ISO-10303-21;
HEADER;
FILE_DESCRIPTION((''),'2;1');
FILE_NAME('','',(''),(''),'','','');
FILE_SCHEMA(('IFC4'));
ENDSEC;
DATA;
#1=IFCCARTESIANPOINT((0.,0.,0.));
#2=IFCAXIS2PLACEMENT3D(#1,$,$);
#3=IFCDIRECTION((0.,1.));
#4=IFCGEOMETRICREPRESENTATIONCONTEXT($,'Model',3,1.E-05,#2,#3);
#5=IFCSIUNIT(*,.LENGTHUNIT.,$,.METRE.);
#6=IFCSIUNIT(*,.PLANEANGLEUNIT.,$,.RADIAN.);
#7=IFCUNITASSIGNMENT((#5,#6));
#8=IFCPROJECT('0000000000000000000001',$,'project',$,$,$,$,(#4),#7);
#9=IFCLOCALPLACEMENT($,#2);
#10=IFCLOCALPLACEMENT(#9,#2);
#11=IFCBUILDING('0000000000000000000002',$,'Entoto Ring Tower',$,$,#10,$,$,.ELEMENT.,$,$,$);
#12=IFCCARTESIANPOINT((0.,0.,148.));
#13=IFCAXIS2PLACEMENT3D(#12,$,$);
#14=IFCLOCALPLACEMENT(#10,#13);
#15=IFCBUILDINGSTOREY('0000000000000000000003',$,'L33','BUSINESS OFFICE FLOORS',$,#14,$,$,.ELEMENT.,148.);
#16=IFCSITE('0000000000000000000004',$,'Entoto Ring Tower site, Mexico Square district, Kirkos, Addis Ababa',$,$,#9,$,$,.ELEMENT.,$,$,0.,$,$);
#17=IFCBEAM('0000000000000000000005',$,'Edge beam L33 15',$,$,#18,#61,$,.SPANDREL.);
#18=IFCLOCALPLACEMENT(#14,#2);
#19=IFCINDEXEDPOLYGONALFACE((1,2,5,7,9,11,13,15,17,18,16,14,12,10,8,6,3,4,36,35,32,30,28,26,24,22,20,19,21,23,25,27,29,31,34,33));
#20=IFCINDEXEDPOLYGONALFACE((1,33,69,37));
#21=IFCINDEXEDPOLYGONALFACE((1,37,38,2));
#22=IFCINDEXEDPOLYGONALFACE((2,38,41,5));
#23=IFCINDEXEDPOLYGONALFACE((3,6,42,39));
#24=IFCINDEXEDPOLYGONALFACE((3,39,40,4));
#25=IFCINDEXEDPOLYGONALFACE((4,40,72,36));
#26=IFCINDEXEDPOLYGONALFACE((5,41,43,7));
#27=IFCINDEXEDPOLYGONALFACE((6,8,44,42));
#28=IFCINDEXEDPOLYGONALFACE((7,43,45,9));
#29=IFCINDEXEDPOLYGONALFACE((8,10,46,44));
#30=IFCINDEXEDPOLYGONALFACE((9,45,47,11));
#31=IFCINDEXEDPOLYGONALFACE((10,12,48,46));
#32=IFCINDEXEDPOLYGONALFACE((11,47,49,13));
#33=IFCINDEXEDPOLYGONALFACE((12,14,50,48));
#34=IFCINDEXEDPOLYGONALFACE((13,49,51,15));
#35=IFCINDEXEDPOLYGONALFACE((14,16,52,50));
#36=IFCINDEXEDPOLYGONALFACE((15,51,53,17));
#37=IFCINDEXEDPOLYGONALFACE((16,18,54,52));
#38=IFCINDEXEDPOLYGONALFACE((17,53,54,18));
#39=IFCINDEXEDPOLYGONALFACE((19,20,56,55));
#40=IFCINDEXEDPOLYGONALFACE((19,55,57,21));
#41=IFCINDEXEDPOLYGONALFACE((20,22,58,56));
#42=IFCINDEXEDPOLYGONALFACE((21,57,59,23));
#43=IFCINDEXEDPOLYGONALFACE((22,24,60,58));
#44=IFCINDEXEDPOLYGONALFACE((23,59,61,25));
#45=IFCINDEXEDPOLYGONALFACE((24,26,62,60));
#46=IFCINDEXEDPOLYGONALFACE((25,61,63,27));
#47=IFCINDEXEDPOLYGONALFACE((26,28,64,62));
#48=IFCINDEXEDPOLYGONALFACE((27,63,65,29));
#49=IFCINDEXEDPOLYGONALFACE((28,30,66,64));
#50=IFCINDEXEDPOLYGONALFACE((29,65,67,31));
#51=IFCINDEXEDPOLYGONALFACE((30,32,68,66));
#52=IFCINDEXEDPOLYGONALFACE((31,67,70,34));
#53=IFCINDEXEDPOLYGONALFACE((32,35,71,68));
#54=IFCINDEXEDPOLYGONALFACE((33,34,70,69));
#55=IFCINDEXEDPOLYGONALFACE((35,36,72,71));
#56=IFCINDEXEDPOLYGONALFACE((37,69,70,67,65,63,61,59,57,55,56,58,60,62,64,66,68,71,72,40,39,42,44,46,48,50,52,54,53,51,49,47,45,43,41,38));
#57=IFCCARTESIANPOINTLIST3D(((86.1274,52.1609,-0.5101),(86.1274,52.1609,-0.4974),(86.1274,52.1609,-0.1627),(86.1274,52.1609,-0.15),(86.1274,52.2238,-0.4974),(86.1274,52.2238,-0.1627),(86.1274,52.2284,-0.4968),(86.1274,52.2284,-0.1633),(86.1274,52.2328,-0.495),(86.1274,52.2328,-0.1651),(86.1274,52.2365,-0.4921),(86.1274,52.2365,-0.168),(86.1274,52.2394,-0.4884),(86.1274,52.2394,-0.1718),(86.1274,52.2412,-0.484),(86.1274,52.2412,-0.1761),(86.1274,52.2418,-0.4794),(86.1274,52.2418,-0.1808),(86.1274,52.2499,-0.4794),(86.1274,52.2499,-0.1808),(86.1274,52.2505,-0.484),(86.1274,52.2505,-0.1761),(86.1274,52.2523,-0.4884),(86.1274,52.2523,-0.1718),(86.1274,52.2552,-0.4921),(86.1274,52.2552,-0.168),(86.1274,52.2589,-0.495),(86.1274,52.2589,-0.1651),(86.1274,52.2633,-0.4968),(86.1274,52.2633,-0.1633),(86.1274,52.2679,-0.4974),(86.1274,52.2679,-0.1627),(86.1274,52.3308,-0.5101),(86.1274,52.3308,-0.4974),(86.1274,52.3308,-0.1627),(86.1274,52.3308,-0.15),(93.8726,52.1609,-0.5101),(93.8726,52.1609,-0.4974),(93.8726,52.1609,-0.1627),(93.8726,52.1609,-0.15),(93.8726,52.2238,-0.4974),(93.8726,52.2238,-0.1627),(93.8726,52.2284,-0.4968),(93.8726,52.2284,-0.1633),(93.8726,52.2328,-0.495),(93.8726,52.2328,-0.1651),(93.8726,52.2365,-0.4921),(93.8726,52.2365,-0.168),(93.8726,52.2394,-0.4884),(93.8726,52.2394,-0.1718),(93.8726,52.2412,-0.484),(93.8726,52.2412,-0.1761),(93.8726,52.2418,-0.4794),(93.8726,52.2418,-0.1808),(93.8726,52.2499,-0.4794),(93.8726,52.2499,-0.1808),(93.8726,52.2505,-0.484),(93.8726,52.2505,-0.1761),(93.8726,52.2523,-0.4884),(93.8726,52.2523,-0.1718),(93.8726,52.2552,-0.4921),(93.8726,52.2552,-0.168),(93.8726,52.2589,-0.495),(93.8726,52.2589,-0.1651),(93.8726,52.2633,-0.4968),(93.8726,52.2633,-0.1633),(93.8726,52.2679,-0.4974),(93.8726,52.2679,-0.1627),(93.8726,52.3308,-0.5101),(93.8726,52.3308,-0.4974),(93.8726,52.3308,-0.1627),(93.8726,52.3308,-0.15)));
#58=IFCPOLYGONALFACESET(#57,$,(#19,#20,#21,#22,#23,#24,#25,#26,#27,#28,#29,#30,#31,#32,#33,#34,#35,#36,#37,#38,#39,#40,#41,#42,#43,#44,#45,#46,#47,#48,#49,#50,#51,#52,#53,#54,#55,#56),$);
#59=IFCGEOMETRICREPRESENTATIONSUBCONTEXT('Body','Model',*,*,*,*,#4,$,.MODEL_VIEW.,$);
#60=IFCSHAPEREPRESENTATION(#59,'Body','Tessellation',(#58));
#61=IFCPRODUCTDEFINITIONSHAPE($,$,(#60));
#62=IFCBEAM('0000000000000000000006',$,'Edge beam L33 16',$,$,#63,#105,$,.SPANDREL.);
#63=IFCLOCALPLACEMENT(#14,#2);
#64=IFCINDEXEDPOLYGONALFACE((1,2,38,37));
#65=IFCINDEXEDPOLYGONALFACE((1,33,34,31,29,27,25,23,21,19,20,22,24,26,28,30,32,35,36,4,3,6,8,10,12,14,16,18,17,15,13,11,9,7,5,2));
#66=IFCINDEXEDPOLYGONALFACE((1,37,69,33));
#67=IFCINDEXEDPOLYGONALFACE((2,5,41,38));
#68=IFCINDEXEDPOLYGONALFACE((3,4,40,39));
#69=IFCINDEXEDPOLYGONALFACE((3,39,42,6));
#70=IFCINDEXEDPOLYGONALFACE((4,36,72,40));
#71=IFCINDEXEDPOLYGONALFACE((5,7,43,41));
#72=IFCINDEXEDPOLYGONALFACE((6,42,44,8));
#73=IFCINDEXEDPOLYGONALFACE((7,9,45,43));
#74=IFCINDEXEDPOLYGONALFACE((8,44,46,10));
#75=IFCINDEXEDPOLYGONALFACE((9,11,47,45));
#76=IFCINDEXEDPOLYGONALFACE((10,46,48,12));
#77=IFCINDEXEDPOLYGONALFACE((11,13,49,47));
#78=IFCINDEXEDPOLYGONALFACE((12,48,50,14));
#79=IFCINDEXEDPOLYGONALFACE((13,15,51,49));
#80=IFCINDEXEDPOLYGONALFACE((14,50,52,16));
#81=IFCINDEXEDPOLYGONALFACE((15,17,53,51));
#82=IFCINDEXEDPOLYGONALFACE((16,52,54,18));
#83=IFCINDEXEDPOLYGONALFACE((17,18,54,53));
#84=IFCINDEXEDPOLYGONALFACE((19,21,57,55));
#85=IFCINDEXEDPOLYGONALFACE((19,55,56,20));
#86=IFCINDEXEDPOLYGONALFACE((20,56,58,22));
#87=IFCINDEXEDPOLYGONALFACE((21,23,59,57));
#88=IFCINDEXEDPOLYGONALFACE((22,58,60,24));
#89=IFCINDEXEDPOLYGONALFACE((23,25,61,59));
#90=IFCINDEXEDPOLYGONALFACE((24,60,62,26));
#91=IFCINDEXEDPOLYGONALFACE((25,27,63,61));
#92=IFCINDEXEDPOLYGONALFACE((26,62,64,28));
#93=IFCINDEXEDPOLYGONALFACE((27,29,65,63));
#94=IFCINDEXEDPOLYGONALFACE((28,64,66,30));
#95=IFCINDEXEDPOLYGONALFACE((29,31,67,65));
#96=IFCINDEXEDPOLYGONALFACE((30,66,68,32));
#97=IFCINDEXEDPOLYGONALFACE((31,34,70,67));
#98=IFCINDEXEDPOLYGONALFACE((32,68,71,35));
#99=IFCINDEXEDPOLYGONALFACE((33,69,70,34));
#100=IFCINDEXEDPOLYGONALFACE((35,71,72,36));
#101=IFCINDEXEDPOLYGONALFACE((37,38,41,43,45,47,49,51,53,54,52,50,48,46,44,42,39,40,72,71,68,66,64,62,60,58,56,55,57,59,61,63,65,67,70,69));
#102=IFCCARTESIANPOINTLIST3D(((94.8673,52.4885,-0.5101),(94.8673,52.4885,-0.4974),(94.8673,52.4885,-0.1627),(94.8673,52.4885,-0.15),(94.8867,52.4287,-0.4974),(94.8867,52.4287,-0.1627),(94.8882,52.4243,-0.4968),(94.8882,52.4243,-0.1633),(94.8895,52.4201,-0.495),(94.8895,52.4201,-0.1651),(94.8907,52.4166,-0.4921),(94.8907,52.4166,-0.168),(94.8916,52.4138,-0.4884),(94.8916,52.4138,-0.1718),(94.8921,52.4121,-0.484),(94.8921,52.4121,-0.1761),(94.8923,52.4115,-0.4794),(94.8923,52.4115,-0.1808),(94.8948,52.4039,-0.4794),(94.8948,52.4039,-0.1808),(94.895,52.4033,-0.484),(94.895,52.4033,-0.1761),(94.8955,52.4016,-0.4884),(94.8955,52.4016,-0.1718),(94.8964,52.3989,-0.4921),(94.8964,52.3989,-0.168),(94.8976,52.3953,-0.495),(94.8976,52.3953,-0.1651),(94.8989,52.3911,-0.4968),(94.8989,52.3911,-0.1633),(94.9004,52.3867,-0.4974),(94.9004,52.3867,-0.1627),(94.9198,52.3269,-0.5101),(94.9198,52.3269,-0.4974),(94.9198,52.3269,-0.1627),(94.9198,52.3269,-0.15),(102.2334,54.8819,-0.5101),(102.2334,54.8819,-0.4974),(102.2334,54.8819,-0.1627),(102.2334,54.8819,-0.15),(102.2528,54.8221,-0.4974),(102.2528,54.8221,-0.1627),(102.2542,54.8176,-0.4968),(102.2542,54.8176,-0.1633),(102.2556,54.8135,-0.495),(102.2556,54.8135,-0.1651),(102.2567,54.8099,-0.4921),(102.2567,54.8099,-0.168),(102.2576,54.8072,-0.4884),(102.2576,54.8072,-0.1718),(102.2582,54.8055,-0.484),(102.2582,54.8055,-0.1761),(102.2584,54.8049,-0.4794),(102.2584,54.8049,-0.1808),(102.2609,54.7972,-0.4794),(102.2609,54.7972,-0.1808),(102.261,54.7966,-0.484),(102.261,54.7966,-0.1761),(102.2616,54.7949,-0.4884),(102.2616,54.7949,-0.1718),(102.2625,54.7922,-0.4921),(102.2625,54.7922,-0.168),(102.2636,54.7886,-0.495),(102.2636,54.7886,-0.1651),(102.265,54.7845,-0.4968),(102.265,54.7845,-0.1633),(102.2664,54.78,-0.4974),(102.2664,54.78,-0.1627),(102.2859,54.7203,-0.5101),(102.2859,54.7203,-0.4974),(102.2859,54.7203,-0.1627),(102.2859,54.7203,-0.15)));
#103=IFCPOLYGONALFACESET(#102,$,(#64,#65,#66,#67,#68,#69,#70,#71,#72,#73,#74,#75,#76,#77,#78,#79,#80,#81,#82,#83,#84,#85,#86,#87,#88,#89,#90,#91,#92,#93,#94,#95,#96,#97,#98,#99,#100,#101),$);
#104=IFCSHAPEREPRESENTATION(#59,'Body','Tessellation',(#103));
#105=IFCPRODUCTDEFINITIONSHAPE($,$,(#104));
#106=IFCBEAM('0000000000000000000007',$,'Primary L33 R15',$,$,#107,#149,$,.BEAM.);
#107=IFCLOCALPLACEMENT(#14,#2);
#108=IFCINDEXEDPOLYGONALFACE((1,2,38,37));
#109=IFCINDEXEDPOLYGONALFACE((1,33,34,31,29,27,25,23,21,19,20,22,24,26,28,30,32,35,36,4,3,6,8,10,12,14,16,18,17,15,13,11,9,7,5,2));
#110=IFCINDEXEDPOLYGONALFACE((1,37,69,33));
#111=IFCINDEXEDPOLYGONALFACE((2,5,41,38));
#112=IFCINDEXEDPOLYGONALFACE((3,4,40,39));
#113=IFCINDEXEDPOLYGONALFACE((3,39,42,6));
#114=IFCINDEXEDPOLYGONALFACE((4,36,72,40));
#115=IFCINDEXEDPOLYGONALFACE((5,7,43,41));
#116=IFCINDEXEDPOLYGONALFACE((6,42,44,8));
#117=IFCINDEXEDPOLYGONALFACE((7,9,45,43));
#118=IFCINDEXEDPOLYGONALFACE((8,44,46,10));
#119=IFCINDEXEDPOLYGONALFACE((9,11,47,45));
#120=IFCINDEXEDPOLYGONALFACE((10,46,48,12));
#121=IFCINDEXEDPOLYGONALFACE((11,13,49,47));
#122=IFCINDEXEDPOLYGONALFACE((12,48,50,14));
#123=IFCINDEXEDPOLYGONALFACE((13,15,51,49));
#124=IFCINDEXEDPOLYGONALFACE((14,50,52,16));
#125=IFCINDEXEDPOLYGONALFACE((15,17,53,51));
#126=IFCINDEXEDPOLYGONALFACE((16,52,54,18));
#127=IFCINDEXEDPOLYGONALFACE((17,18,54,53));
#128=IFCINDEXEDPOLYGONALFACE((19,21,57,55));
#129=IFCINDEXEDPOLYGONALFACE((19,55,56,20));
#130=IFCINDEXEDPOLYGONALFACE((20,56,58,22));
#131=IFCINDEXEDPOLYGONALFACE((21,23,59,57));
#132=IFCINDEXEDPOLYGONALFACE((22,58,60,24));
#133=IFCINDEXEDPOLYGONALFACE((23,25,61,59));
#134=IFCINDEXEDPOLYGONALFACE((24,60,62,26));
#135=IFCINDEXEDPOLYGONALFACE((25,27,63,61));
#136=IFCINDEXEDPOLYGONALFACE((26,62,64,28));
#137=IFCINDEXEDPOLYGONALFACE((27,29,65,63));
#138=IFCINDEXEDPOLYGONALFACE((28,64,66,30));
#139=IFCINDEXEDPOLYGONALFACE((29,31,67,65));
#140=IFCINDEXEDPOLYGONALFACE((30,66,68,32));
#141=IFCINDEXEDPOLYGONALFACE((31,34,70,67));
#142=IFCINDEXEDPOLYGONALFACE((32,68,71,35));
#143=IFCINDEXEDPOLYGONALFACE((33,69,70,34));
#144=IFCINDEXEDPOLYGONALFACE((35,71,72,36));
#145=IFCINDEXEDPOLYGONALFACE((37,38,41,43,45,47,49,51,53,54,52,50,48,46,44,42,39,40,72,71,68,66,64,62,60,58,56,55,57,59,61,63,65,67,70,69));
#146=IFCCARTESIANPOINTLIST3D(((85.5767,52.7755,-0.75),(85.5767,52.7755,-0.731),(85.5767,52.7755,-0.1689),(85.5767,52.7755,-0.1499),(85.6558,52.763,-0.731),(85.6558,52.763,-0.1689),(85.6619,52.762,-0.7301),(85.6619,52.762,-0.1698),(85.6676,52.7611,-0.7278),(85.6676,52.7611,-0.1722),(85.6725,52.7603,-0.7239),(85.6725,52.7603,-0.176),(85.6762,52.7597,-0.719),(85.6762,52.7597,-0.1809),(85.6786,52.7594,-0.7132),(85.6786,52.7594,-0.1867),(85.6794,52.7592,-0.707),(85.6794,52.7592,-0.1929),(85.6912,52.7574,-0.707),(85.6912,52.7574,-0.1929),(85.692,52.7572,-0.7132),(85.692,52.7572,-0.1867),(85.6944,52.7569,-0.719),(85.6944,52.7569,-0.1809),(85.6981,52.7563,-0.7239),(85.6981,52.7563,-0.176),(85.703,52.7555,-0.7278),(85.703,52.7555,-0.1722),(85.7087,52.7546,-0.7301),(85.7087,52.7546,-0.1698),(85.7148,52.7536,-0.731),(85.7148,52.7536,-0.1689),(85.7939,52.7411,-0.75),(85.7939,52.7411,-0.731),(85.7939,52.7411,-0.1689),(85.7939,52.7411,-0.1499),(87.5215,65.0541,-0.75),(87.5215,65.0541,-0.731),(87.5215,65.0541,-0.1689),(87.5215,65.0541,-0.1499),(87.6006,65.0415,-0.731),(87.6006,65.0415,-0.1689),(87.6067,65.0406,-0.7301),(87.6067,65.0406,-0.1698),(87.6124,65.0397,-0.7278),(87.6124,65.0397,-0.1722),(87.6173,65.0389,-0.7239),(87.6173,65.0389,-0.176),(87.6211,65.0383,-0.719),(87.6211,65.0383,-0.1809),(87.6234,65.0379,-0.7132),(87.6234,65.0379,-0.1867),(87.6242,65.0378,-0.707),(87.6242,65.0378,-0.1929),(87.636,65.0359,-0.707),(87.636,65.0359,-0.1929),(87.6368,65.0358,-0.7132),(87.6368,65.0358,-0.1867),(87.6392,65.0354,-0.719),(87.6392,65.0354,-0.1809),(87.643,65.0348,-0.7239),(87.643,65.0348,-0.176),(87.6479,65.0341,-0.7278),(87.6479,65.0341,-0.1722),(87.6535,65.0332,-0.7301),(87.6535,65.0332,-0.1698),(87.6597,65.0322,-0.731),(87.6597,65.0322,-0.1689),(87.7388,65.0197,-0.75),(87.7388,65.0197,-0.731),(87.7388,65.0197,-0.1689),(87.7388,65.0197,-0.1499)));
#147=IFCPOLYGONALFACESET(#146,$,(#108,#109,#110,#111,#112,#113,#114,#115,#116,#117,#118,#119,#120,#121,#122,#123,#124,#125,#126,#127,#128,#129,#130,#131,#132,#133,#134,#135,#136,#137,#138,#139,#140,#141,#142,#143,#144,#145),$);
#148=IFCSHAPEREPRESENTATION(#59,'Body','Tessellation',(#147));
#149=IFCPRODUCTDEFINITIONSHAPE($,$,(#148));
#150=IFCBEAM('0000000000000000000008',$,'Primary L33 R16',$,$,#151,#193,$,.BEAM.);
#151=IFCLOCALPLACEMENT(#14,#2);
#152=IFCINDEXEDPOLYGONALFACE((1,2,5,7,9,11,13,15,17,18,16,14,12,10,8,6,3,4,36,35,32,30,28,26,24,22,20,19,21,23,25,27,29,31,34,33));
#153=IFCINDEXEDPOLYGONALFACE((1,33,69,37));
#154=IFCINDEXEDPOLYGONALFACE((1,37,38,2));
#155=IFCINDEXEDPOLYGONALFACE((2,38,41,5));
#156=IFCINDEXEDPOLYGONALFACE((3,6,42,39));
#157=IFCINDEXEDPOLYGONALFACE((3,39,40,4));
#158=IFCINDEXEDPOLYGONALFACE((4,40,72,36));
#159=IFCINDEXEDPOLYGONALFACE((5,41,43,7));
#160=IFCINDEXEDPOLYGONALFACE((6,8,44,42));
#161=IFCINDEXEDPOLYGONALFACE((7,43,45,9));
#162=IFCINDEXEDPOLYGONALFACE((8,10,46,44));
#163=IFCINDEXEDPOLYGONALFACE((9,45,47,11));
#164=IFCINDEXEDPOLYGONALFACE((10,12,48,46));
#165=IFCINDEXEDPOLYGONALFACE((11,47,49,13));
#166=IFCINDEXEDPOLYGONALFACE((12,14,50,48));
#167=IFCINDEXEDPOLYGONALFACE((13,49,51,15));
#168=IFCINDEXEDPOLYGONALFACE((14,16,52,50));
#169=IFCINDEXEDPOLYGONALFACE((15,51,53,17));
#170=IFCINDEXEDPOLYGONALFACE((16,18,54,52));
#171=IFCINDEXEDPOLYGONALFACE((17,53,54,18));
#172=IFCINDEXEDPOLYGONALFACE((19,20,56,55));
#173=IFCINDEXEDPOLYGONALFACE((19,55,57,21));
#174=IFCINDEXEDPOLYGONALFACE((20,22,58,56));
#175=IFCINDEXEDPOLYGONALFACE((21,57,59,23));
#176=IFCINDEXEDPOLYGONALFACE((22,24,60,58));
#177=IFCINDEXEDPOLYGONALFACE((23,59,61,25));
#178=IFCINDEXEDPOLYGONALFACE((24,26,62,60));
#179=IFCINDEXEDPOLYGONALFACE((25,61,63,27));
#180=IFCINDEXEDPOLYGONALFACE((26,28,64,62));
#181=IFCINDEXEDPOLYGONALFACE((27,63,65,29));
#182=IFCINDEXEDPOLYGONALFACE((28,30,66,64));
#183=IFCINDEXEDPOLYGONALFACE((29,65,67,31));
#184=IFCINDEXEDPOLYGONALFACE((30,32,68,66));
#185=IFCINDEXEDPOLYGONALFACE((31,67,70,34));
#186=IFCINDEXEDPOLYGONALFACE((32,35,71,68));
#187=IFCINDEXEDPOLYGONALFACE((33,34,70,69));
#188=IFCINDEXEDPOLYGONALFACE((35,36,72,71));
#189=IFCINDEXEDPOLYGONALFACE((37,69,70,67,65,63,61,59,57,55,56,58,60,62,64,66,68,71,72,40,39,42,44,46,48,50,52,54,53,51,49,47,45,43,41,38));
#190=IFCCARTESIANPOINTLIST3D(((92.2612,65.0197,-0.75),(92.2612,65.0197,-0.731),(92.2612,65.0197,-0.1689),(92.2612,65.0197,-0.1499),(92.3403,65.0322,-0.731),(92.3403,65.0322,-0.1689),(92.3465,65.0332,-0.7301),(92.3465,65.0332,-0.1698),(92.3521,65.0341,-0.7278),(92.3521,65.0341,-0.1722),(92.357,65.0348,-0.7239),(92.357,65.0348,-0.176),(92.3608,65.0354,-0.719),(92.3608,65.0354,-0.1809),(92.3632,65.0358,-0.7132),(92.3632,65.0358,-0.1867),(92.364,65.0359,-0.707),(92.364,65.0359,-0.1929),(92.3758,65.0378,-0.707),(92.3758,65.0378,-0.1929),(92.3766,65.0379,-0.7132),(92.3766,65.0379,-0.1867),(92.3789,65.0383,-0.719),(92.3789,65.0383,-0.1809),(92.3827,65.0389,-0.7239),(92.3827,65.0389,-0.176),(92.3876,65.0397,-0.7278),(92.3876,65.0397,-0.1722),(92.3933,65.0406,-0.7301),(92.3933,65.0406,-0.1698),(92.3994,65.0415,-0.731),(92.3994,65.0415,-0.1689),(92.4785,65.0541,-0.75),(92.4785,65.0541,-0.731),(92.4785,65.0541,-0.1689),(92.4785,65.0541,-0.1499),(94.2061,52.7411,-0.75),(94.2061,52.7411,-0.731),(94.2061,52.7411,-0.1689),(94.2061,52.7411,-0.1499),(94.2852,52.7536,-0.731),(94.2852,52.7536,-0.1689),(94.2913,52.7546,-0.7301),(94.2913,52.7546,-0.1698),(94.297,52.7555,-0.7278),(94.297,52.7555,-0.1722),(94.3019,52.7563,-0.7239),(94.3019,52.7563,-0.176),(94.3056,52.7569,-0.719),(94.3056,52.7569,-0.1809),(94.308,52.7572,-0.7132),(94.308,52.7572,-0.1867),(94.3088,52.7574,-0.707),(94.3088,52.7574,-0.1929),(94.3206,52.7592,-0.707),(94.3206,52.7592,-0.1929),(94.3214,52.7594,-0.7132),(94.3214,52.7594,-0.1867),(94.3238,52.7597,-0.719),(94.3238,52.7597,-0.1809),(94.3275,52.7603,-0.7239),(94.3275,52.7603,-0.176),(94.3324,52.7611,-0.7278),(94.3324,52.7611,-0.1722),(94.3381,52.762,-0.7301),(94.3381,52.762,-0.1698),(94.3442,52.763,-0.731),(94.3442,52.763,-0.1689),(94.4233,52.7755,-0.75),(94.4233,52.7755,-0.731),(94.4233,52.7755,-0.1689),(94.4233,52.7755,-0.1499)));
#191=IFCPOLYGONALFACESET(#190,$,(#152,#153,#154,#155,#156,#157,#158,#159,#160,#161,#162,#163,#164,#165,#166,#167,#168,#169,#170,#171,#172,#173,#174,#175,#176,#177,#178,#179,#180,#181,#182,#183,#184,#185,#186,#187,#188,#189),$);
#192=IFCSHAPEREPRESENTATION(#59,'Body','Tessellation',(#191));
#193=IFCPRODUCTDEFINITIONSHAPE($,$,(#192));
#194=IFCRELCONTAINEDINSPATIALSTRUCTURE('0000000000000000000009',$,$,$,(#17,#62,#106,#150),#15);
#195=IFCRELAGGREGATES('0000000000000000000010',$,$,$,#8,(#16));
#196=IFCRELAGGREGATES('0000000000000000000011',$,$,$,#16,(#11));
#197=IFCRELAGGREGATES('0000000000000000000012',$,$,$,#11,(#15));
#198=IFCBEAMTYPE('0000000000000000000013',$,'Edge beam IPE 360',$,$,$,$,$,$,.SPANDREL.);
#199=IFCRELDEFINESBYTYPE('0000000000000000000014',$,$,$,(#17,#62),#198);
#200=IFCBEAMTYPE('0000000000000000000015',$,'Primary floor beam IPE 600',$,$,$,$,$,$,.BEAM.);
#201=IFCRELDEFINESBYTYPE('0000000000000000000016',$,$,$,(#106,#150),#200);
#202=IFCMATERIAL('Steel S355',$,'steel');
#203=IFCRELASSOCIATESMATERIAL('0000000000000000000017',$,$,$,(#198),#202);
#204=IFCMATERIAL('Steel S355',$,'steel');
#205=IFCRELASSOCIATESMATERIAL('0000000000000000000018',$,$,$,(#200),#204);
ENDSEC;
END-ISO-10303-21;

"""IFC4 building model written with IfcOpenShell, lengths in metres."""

from ifc_helpers import new_model, si_unit, direction, frame, origin, origin_2d, place, context, subcontext, project, spatial, i_section, extrude, material, material_profile, profile_set, type_object, element, save


model = new_model("IFC4")

# Units and contexts
model_context = context("Model", 3, precision=1e-05, world=origin(), true_north=direction((0.0, 1.0)))
body_context = subcontext(model_context, "Body", "Model", "MODEL_VIEW")
ifc_project = project(units=[si_unit("LENGTHUNIT", "METRE"), si_unit("PLANEANGLEUNIT", "RADIAN")], contexts=[model_context])

# Site, building, storey
site_placement = place(None, origin())
site = spatial("IfcSite", under=ifc_project, at=site_placement, Name="Entoto Ring Tower site, Mexico Square district, Kirkos, Addis Ababa", CompositionType="ELEMENT", RefElevation=0.0)
building_placement = place(site_placement, origin())
building = spatial("IfcBuilding", under=site, at=building_placement, Name="Entoto Ring Tower", CompositionType="ELEMENT")
storey_placement = place(building_placement, frame((0.0, 0.0, 148.0)))
storey = spatial("IfcBuildingStorey", under=building, at=storey_placement, Name="L33", Description="BUSINESS OFFICE FLOORS", CompositionType="ELEMENT", Elevation=148.0)

# Beams
ifc_material_1 = material(Name="Steel S355", Category="steel")
ifc_material_profile_1 = material_profile(ifc_material_1, i_section(OverallWidth=0.1699, OverallDepth=0.3601, WebThickness=0.0081, FlangeThickness=0.0127, FilletRadius=0.0181, at=origin_2d()), Name="IPE 360")
ifc_profile_set_1 = profile_set([ifc_material_profile_1], Name="Steel S355")
beam_type_1 = type_object("IfcBeamType", Name="Edge beam IPE 360", PredefinedType="SPANDREL", material=ifc_profile_set_1)
for number, where, z_axis, x_axis, name in (
    (1, (86.1274, 52.2458, -0.3301), (1.0, 0.0, 0.0), (0.0, 1.0, 0.0), "Edge beam L33 15"),
    (2, (94.8936, 52.4077, -0.3301), (0.951058, 0.309013, 0.0), (-0.309013, 0.951058, 0.0), "Edge beam L33 16"),
):
    element("IfcBeam", number, at=place(storey_placement, frame(where, z_axis=z_axis, x_axis=x_axis)), inside=storey, type_object=beam_type_1, Name=name, PredefinedType="SPANDREL", context=body_context, shape_type="SweptSolid", body=[
        extrude(i_section(OverallWidth=0.1699, OverallDepth=0.3601, WebThickness=0.0081, FlangeThickness=0.0127, FilletRadius=0.0181, at=origin_2d()), origin(), (0.0, 0.0, 1.0), 7.7451),
    ])
ifc_material_2 = material(Name="Steel S355", Category="steel")
ifc_material_profile_2 = material_profile(ifc_material_2, i_section(OverallWidth=0.22, OverallDepth=0.6001, WebThickness=0.012, FlangeThickness=0.019, FilletRadius=0.0239, at=origin_2d()), Name="IPE 600")
ifc_profile_set_2 = profile_set([ifc_material_profile_2], Name="Steel S355")
beam_type_2 = type_object("IfcBeamType", Name="Primary floor beam IPE 600", PredefinedType="BEAM", material=ifc_profile_set_2)
for number, where, z_axis, x_axis, name in (
    (3, (87.6301, 65.0369, -0.45), (-0.156442, -0.987687, 0.0), (0.987687, -0.156442, 0.0), "Primary L33 R15"),
    (4, (92.3699, 65.0369, -0.45), (0.156442, -0.987687, 0.0), (0.987687, 0.156442, 0.0), "Primary L33 R16"),
):
    element("IfcBeam", number, at=place(storey_placement, frame(where, z_axis=z_axis, x_axis=x_axis)), inside=storey, type_object=beam_type_2, Name=name, PredefinedType="BEAM", context=body_context, shape_type="SweptSolid", body=[
        extrude(i_section(OverallWidth=0.22, OverallDepth=0.6001, WebThickness=0.012, FlangeThickness=0.019, FilletRadius=0.0239, at=origin_2d()), origin(), (0.0, 0.0, 1.0), 12.4316),
    ])

save(model, "model.ifc")
